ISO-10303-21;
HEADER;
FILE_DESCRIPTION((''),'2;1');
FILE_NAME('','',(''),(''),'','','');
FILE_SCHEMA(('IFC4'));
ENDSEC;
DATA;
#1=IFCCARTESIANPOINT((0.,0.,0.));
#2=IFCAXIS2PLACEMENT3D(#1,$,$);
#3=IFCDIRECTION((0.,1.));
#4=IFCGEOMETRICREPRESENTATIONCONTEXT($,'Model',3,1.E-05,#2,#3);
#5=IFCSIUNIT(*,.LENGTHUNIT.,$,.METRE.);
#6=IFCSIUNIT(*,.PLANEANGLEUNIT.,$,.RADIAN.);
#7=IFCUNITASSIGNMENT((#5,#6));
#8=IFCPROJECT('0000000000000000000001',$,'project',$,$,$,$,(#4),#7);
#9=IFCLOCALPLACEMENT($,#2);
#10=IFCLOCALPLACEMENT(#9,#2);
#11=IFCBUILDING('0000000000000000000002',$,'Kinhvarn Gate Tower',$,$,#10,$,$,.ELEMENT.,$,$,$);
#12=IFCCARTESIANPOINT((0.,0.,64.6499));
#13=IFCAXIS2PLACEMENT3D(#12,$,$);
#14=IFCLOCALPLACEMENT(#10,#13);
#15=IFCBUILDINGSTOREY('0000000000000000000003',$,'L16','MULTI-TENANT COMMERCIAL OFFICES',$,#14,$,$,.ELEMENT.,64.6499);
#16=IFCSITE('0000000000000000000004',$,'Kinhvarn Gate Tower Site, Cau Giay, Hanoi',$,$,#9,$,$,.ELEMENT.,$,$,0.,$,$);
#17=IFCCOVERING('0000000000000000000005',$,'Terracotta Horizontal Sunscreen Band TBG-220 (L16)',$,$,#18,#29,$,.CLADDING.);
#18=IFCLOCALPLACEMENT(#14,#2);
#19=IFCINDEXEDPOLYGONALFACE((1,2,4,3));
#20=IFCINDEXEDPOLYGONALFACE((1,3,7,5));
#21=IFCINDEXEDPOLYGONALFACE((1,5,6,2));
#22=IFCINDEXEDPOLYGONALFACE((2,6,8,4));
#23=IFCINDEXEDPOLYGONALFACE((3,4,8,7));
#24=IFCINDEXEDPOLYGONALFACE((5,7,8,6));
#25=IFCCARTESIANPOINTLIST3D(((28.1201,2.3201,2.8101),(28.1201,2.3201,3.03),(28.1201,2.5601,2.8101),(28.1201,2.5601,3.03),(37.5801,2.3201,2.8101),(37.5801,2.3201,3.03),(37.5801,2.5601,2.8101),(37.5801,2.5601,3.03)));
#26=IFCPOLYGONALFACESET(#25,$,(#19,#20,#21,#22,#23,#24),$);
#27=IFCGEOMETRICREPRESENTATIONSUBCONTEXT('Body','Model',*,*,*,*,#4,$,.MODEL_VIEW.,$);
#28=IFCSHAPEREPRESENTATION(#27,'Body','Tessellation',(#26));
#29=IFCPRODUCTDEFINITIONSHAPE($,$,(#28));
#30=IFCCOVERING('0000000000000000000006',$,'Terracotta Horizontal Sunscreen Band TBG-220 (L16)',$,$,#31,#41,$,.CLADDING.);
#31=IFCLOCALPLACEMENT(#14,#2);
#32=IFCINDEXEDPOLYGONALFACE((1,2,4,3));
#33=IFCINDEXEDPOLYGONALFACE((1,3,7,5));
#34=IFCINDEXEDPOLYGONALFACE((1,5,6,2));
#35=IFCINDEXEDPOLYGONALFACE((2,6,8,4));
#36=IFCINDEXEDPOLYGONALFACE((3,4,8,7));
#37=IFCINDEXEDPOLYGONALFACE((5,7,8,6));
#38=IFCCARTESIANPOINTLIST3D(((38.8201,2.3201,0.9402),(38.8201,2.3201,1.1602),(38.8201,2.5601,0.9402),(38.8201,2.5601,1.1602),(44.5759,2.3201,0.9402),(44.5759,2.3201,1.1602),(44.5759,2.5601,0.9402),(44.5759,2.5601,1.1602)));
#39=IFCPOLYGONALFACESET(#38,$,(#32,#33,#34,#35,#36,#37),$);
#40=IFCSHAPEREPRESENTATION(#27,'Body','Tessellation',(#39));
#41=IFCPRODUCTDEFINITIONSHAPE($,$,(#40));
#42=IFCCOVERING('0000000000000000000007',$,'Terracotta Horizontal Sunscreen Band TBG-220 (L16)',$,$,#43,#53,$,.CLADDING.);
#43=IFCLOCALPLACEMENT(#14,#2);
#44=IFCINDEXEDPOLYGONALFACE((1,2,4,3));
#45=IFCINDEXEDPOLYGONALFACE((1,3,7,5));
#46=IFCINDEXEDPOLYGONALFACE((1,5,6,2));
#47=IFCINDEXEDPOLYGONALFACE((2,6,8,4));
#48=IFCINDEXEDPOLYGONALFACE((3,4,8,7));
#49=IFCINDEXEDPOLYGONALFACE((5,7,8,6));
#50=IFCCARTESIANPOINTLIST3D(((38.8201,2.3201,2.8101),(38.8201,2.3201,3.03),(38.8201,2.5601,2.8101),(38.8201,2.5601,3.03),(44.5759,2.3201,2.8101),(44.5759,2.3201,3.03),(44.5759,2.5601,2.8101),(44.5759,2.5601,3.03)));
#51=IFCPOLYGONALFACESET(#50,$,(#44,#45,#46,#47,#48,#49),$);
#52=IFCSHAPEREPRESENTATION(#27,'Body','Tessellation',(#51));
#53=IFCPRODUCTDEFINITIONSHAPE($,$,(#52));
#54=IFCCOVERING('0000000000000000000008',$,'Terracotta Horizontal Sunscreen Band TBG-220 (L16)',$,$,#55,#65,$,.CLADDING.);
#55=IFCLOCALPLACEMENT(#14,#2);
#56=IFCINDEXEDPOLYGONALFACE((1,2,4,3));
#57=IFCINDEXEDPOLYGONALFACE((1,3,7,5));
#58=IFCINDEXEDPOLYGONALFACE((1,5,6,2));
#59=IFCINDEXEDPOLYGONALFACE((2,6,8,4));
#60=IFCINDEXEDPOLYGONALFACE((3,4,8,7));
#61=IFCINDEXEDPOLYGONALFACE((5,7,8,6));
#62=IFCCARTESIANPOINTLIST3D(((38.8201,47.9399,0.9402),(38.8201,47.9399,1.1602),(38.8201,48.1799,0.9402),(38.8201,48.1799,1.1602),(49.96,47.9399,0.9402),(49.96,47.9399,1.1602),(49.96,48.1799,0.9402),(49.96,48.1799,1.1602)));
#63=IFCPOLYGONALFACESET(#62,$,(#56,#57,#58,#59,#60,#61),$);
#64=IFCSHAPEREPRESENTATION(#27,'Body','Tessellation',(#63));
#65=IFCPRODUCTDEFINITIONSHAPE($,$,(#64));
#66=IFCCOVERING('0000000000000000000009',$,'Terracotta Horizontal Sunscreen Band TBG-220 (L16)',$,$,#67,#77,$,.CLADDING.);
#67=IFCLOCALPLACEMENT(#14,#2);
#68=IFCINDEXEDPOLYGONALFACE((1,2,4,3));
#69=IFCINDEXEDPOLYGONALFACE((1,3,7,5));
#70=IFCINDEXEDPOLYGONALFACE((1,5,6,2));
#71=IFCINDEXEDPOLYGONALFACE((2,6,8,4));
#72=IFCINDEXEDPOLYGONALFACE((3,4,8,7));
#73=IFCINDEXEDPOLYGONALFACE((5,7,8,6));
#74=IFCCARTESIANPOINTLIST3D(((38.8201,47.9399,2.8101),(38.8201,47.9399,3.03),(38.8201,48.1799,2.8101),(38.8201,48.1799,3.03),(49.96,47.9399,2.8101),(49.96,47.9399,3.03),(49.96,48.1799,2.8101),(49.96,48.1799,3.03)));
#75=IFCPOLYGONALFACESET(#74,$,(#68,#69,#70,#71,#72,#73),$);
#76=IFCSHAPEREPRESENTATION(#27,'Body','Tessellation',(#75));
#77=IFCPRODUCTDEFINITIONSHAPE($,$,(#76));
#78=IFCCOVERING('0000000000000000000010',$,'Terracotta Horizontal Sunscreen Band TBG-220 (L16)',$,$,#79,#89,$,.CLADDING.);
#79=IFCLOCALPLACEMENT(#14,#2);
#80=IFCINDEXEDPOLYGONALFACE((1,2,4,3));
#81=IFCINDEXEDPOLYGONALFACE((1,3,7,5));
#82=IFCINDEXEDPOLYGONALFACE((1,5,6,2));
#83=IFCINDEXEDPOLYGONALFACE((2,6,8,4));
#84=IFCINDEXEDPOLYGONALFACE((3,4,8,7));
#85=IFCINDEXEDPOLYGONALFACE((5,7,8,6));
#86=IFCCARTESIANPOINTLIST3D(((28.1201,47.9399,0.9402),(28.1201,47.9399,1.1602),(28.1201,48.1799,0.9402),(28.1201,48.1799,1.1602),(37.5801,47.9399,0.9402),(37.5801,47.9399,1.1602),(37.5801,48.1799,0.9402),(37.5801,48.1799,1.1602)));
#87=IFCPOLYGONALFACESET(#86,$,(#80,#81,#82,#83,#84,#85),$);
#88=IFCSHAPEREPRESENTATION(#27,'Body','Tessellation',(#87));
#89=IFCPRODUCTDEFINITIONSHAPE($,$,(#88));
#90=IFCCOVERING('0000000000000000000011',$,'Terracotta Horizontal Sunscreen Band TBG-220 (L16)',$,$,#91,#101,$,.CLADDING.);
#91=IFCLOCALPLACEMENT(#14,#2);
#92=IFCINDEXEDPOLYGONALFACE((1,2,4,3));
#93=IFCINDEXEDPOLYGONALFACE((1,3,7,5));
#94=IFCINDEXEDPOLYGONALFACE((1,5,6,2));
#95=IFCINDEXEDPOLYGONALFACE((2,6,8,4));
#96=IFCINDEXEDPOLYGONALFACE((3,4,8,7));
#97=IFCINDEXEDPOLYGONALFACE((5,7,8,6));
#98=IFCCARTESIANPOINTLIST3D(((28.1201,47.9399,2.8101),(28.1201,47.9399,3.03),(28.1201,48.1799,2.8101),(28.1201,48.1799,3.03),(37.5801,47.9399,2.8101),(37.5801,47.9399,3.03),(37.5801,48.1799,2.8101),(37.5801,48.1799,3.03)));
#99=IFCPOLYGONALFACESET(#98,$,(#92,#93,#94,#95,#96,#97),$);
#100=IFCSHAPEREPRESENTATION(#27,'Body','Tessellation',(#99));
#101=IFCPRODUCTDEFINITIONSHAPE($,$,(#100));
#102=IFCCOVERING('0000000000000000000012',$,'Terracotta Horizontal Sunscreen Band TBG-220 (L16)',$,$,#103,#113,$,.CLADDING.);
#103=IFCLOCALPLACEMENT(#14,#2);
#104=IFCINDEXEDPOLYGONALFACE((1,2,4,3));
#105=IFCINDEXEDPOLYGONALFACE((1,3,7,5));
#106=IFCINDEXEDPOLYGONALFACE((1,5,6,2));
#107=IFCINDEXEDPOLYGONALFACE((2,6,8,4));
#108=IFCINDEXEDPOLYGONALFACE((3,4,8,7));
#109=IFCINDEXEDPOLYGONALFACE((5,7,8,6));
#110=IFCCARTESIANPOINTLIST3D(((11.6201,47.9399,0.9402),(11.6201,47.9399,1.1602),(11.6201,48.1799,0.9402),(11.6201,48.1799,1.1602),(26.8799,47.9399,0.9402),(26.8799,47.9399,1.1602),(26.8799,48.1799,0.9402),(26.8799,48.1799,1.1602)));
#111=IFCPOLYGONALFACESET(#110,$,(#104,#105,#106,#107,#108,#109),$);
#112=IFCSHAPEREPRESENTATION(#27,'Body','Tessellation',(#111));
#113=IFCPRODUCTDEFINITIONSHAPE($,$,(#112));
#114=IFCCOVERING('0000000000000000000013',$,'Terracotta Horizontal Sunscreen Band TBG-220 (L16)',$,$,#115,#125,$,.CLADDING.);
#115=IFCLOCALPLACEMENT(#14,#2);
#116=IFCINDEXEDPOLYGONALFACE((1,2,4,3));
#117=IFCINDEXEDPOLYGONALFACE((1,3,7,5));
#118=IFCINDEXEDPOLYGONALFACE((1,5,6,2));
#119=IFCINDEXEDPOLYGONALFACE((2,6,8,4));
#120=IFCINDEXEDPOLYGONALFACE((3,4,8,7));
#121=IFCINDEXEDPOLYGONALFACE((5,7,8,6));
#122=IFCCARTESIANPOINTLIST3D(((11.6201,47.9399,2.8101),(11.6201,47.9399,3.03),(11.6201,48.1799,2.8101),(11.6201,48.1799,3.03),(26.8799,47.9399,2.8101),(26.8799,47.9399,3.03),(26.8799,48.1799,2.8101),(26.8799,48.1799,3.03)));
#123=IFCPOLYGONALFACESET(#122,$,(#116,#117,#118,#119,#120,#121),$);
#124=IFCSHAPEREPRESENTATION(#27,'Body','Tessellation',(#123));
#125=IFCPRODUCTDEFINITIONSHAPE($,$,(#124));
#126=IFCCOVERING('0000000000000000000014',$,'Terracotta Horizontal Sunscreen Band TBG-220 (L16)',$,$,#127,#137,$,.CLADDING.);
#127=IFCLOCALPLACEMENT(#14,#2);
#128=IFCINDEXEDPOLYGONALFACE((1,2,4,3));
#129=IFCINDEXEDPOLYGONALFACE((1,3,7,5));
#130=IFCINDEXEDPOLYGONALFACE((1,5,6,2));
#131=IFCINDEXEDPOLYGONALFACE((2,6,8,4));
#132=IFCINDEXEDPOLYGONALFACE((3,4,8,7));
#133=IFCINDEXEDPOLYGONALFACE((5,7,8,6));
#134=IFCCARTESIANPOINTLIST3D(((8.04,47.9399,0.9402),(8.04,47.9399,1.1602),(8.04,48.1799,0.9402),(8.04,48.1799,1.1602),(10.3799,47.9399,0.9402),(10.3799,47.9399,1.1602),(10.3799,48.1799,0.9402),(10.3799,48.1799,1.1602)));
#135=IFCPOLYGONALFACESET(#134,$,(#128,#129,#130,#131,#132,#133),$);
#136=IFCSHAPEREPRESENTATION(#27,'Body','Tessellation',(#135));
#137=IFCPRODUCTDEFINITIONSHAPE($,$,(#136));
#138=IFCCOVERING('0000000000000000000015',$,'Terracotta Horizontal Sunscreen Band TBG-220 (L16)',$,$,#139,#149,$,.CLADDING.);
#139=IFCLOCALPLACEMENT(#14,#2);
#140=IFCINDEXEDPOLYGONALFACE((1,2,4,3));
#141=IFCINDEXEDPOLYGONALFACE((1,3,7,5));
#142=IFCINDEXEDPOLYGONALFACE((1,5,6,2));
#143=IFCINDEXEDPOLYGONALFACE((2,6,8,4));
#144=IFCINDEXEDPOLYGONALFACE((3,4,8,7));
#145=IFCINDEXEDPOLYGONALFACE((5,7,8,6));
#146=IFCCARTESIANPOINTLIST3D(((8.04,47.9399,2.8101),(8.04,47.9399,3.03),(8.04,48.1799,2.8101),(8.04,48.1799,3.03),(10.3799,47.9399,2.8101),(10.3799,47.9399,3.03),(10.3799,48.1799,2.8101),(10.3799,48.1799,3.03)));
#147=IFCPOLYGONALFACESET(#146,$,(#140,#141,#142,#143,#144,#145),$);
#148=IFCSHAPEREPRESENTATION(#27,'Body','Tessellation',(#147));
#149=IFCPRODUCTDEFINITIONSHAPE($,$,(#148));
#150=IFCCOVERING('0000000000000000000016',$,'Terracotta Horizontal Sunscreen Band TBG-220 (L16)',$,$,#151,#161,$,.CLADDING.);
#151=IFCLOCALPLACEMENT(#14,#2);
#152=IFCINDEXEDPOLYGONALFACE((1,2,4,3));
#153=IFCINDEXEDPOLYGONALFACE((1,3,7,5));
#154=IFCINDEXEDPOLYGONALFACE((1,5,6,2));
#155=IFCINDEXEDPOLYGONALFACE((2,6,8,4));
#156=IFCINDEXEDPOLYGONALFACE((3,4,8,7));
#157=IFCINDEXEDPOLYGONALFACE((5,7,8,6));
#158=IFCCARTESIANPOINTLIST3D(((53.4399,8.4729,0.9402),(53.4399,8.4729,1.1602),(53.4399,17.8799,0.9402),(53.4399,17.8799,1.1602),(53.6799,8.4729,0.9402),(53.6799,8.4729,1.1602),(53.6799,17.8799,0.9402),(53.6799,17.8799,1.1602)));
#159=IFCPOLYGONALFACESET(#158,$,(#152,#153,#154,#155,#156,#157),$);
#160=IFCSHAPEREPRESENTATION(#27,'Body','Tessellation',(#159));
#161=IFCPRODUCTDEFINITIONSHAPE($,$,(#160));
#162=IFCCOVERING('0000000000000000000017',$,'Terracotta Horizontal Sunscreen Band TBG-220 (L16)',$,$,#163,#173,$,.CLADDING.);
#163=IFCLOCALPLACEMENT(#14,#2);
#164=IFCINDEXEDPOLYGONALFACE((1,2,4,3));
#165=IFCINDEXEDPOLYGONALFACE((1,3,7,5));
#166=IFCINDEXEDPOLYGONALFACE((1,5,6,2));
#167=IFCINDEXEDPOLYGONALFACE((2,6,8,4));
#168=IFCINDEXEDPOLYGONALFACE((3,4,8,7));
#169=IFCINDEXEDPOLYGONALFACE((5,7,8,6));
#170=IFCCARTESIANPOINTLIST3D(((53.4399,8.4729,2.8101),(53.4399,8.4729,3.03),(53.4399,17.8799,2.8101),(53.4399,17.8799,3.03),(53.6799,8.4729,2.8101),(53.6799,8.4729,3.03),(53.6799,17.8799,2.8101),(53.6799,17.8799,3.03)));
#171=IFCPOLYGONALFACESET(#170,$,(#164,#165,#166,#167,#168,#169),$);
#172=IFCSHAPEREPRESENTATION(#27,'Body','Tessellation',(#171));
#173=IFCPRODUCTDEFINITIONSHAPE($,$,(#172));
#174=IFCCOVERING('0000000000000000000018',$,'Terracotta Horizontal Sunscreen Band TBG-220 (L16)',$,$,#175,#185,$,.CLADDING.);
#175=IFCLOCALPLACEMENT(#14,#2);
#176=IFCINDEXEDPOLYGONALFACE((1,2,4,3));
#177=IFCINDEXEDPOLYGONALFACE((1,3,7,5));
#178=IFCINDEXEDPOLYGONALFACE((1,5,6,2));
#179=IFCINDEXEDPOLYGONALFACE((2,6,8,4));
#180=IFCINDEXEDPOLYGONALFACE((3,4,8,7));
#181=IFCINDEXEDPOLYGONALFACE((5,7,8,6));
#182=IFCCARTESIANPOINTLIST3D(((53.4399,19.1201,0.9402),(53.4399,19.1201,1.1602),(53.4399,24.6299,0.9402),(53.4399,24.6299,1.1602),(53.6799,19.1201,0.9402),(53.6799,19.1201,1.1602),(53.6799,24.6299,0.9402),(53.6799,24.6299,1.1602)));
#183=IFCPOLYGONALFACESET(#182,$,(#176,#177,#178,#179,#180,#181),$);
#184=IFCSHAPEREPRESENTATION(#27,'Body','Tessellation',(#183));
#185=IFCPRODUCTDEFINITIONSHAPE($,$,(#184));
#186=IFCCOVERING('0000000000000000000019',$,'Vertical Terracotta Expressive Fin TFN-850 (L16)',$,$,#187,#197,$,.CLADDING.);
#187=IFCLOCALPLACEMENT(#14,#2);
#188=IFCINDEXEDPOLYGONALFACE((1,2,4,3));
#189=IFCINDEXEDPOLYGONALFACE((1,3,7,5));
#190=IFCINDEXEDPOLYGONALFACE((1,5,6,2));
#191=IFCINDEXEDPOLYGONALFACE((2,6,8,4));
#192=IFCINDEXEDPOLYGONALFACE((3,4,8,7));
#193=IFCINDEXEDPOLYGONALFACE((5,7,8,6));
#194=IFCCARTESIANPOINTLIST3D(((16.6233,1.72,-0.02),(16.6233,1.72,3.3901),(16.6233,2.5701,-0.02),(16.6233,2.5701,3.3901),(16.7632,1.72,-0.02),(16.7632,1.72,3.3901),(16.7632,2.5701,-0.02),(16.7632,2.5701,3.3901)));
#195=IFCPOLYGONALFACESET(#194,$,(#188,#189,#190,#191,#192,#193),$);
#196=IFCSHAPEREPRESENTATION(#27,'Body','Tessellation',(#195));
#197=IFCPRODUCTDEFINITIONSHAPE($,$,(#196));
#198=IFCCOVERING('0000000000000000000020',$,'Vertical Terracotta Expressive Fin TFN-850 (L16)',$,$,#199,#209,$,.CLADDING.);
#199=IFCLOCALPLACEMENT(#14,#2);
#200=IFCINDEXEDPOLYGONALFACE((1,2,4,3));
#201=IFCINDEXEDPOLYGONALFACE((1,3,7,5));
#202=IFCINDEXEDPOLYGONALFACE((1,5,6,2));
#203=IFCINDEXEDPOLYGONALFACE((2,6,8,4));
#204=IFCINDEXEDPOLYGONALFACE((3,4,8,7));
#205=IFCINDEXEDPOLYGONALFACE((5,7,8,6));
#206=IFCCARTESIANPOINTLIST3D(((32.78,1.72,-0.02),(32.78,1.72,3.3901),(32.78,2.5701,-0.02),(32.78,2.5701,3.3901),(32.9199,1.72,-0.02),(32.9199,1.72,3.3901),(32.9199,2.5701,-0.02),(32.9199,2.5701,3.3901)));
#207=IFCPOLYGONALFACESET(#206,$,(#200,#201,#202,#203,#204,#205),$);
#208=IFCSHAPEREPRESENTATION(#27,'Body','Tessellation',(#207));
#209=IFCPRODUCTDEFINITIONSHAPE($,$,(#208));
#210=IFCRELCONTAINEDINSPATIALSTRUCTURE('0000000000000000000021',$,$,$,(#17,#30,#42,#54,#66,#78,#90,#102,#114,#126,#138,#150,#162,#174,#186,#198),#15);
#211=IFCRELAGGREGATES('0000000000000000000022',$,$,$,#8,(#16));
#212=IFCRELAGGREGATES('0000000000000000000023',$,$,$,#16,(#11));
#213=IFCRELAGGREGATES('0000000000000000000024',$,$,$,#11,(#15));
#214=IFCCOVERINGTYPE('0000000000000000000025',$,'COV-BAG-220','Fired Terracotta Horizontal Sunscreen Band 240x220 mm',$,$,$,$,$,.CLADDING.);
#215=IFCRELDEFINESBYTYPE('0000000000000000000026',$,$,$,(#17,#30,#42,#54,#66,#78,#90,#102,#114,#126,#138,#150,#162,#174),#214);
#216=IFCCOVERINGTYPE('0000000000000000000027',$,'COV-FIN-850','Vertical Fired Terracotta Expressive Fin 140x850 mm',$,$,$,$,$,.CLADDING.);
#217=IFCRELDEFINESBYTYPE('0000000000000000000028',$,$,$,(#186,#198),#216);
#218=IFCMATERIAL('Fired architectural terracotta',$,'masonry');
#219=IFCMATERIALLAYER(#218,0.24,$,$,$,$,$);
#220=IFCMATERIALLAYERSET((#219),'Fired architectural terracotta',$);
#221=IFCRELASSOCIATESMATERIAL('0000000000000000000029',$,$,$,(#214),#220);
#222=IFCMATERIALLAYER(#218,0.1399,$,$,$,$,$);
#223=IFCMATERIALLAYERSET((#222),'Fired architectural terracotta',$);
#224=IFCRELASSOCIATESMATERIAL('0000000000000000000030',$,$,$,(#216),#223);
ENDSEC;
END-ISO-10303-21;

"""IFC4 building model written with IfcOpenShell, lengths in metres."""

from ifc_helpers import new_model, si_unit, direction, frame, origin, place, context, subcontext, project, spatial, polyline, outline, extrude, material, layer, layer_set, type_object, element, save


model = new_model("IFC4")

# Units and contexts
model_context = context("Model", 3, precision=1e-05, world=origin(), true_north=direction((0.0, 1.0)))
body_context = subcontext(model_context, "Body", "Model", "MODEL_VIEW")
ifc_project = project(units=[si_unit("LENGTHUNIT", "METRE"), si_unit("PLANEANGLEUNIT", "RADIAN")], contexts=[model_context])

# Site, building, storey
site_placement = place(None, origin())
site = spatial("IfcSite", under=ifc_project, at=site_placement, Name="Kinhvarn Gate Tower Site, Cau Giay, Hanoi", CompositionType="ELEMENT", RefElevation=0.0)
building_placement = place(site_placement, origin())
building = spatial("IfcBuilding", under=site, at=building_placement, Name="Kinhvarn Gate Tower", CompositionType="ELEMENT")
storey_placement = place(building_placement, frame((0.0, 0.0, 64.6499)))
storey = spatial("IfcBuildingStorey", under=building, at=storey_placement, Name="L16", Description="MULTI-TENANT COMMERCIAL OFFICES", CompositionType="ELEMENT", Elevation=64.6499)

# Coverings
ifc_material_1 = material(Name="Fired architectural terracotta", Category="masonry")
ifc_layer_1 = layer(ifc_material_1, 0.24)
ifc_layer_set_1 = layer_set([ifc_layer_1], Name="Fired architectural terracotta")
covering_type_1 = type_object("IfcCoveringType", Name="COV-BAG-220", Description="Fired Terracotta Horizontal Sunscreen Band 240x220 mm", PredefinedType="CLADDING", material=ifc_layer_set_1)
for number, where, name in (
    (1, (0.0, 0.0, 2.8101), "Terracotta Horizontal Sunscreen Band TBG-220 (L16)"),
):
    element("IfcCovering", number, at=place(storey_placement, frame(where)), inside=storey, type_object=covering_type_1, Name=name, PredefinedType="CLADDING", context=body_context, shape_type="SweptSolid", body=[
        extrude(outline(polyline([(28.1201, 2.5601), (37.5801, 2.5601), (37.5801, 2.3201), (28.1201, 2.3201), (28.1201, 2.5601)])), origin(), (0.0, 0.0, 1.0), 0.22),
    ])
for number, where, name in (
    (2, (0.0, 0.0, 0.9402), "Terracotta Horizontal Sunscreen Band TBG-220 (L16)"),
    (3, (0.0, 0.0, 2.8101), "Terracotta Horizontal Sunscreen Band TBG-220 (L16)"),
):
    element("IfcCovering", number, at=place(storey_placement, frame(where)), inside=storey, type_object=covering_type_1, Name=name, PredefinedType="CLADDING", context=body_context, shape_type="SweptSolid", body=[
        extrude(outline(polyline([(38.8201, 2.5601), (44.5759, 2.5601), (44.5759, 2.3201), (38.8201, 2.3201), (38.8201, 2.5601)])), origin(), (0.0, 0.0, 1.0), 0.22),
    ])
for number, where, name in (
    (4, (0.0, 0.0, 0.9402), "Terracotta Horizontal Sunscreen Band TBG-220 (L16)"),
    (5, (0.0, 0.0, 2.8101), "Terracotta Horizontal Sunscreen Band TBG-220 (L16)"),
):
    element("IfcCovering", number, at=place(storey_placement, frame(where)), inside=storey, type_object=covering_type_1, Name=name, PredefinedType="CLADDING", context=body_context, shape_type="SweptSolid", body=[
        extrude(outline(polyline([(49.96, 47.9399), (38.8201, 47.9399), (38.8201, 48.1799), (49.96, 48.1799), (49.96, 47.9399)])), origin(), (0.0, 0.0, 1.0), 0.22),
    ])
for number, where, name in (
    (6, (0.0, 0.0, 0.9402), "Terracotta Horizontal Sunscreen Band TBG-220 (L16)"),
    (7, (0.0, 0.0, 2.8101), "Terracotta Horizontal Sunscreen Band TBG-220 (L16)"),
):
    element("IfcCovering", number, at=place(storey_placement, frame(where)), inside=storey, type_object=covering_type_1, Name=name, PredefinedType="CLADDING", context=body_context, shape_type="SweptSolid", body=[
        extrude(outline(polyline([(37.5801, 47.9399), (28.1201, 47.9399), (28.1201, 48.1799), (37.5801, 48.1799), (37.5801, 47.9399)])), origin(), (0.0, 0.0, 1.0), 0.22),
    ])
for number, where, name in (
    (8, (0.0, 0.0, 0.9402), "Terracotta Horizontal Sunscreen Band TBG-220 (L16)"),
    (9, (0.0, 0.0, 2.8101), "Terracotta Horizontal Sunscreen Band TBG-220 (L16)"),
):
    element("IfcCovering", number, at=place(storey_placement, frame(where)), inside=storey, type_object=covering_type_1, Name=name, PredefinedType="CLADDING", context=body_context, shape_type="SweptSolid", body=[
        extrude(outline(polyline([(26.8799, 47.9399), (11.6201, 47.9399), (11.6201, 48.1799), (26.8799, 48.1799), (26.8799, 47.9399)])), origin(), (0.0, 0.0, 1.0), 0.22),
    ])
for number, where, name in (
    (10, (0.0, 0.0, 0.9402), "Terracotta Horizontal Sunscreen Band TBG-220 (L16)"),
    (11, (0.0, 0.0, 2.8101), "Terracotta Horizontal Sunscreen Band TBG-220 (L16)"),
):
    element("IfcCovering", number, at=place(storey_placement, frame(where)), inside=storey, type_object=covering_type_1, Name=name, PredefinedType="CLADDING", context=body_context, shape_type="SweptSolid", body=[
        extrude(outline(polyline([(10.3799, 47.9399), (8.04, 47.9399), (8.04, 48.1799), (10.3799, 48.1799), (10.3799, 47.9399)])), origin(), (0.0, 0.0, 1.0), 0.22),
    ])
for number, where, name in (
    (12, (0.0, 0.0, 0.9402), "Terracotta Horizontal Sunscreen Band TBG-220 (L16)"),
    (13, (0.0, 0.0, 2.8101), "Terracotta Horizontal Sunscreen Band TBG-220 (L16)"),
):
    element("IfcCovering", number, at=place(storey_placement, frame(where)), inside=storey, type_object=covering_type_1, Name=name, PredefinedType="CLADDING", context=body_context, shape_type="SweptSolid", body=[
        extrude(outline(polyline([(53.4399, 8.4729), (53.4399, 17.8799), (53.6799, 17.8799), (53.6799, 8.4729), (53.4399, 8.4729)])), origin(), (0.0, 0.0, 1.0), 0.22),
    ])
covering_1_placement = place(storey_placement, frame((0.0, 0.0, 0.9402)))
element("IfcCovering", 14, at=covering_1_placement, inside=storey, type_object=covering_type_1, Name="Terracotta Horizontal Sunscreen Band TBG-220 (L16)", PredefinedType="CLADDING", context=body_context, shape_type="SweptSolid", body=[
    extrude(outline(polyline([(53.4399, 19.1201), (53.4399, 24.6299), (53.6799, 24.6299), (53.6799, 19.1201), (53.4399, 19.1201)])), origin(), (0.0, 0.0, 1.0), 0.22),
])
ifc_layer_2 = layer(ifc_material_1, 0.1399)
ifc_layer_set_2 = layer_set([ifc_layer_2], Name="Fired architectural terracotta")
covering_type_2 = type_object("IfcCoveringType", Name="COV-FIN-850", Description="Vertical Fired Terracotta Expressive Fin 140x850 mm", PredefinedType="CLADDING", material=ifc_layer_set_2)
covering_2_placement = place(storey_placement, frame((0.0, 0.0, -0.02)))
element("IfcCovering", 15, at=covering_2_placement, inside=storey, type_object=covering_type_2, Name="Vertical Terracotta Expressive Fin TFN-850 (L16)", PredefinedType="CLADDING", context=body_context, shape_type="SweptSolid", body=[
    extrude(outline(polyline([(16.6233, 2.5701), (16.7632, 2.5701), (16.7632, 1.72), (16.6233, 1.72), (16.6233, 2.5701)])), origin(), (0.0, 0.0, 1.0), 3.4102),
])
covering_3_placement = place(storey_placement, frame((0.0, 0.0, -0.02)))
element("IfcCovering", 16, at=covering_3_placement, inside=storey, type_object=covering_type_2, Name="Vertical Terracotta Expressive Fin TFN-850 (L16)", PredefinedType="CLADDING", context=body_context, shape_type="SweptSolid", body=[
    extrude(outline(polyline([(32.78, 2.5701), (32.9199, 2.5701), (32.9199, 1.72), (32.78, 1.72), (32.78, 2.5701)])), origin(), (0.0, 0.0, 1.0), 3.4102),
])

save(model, "model.ifc")
